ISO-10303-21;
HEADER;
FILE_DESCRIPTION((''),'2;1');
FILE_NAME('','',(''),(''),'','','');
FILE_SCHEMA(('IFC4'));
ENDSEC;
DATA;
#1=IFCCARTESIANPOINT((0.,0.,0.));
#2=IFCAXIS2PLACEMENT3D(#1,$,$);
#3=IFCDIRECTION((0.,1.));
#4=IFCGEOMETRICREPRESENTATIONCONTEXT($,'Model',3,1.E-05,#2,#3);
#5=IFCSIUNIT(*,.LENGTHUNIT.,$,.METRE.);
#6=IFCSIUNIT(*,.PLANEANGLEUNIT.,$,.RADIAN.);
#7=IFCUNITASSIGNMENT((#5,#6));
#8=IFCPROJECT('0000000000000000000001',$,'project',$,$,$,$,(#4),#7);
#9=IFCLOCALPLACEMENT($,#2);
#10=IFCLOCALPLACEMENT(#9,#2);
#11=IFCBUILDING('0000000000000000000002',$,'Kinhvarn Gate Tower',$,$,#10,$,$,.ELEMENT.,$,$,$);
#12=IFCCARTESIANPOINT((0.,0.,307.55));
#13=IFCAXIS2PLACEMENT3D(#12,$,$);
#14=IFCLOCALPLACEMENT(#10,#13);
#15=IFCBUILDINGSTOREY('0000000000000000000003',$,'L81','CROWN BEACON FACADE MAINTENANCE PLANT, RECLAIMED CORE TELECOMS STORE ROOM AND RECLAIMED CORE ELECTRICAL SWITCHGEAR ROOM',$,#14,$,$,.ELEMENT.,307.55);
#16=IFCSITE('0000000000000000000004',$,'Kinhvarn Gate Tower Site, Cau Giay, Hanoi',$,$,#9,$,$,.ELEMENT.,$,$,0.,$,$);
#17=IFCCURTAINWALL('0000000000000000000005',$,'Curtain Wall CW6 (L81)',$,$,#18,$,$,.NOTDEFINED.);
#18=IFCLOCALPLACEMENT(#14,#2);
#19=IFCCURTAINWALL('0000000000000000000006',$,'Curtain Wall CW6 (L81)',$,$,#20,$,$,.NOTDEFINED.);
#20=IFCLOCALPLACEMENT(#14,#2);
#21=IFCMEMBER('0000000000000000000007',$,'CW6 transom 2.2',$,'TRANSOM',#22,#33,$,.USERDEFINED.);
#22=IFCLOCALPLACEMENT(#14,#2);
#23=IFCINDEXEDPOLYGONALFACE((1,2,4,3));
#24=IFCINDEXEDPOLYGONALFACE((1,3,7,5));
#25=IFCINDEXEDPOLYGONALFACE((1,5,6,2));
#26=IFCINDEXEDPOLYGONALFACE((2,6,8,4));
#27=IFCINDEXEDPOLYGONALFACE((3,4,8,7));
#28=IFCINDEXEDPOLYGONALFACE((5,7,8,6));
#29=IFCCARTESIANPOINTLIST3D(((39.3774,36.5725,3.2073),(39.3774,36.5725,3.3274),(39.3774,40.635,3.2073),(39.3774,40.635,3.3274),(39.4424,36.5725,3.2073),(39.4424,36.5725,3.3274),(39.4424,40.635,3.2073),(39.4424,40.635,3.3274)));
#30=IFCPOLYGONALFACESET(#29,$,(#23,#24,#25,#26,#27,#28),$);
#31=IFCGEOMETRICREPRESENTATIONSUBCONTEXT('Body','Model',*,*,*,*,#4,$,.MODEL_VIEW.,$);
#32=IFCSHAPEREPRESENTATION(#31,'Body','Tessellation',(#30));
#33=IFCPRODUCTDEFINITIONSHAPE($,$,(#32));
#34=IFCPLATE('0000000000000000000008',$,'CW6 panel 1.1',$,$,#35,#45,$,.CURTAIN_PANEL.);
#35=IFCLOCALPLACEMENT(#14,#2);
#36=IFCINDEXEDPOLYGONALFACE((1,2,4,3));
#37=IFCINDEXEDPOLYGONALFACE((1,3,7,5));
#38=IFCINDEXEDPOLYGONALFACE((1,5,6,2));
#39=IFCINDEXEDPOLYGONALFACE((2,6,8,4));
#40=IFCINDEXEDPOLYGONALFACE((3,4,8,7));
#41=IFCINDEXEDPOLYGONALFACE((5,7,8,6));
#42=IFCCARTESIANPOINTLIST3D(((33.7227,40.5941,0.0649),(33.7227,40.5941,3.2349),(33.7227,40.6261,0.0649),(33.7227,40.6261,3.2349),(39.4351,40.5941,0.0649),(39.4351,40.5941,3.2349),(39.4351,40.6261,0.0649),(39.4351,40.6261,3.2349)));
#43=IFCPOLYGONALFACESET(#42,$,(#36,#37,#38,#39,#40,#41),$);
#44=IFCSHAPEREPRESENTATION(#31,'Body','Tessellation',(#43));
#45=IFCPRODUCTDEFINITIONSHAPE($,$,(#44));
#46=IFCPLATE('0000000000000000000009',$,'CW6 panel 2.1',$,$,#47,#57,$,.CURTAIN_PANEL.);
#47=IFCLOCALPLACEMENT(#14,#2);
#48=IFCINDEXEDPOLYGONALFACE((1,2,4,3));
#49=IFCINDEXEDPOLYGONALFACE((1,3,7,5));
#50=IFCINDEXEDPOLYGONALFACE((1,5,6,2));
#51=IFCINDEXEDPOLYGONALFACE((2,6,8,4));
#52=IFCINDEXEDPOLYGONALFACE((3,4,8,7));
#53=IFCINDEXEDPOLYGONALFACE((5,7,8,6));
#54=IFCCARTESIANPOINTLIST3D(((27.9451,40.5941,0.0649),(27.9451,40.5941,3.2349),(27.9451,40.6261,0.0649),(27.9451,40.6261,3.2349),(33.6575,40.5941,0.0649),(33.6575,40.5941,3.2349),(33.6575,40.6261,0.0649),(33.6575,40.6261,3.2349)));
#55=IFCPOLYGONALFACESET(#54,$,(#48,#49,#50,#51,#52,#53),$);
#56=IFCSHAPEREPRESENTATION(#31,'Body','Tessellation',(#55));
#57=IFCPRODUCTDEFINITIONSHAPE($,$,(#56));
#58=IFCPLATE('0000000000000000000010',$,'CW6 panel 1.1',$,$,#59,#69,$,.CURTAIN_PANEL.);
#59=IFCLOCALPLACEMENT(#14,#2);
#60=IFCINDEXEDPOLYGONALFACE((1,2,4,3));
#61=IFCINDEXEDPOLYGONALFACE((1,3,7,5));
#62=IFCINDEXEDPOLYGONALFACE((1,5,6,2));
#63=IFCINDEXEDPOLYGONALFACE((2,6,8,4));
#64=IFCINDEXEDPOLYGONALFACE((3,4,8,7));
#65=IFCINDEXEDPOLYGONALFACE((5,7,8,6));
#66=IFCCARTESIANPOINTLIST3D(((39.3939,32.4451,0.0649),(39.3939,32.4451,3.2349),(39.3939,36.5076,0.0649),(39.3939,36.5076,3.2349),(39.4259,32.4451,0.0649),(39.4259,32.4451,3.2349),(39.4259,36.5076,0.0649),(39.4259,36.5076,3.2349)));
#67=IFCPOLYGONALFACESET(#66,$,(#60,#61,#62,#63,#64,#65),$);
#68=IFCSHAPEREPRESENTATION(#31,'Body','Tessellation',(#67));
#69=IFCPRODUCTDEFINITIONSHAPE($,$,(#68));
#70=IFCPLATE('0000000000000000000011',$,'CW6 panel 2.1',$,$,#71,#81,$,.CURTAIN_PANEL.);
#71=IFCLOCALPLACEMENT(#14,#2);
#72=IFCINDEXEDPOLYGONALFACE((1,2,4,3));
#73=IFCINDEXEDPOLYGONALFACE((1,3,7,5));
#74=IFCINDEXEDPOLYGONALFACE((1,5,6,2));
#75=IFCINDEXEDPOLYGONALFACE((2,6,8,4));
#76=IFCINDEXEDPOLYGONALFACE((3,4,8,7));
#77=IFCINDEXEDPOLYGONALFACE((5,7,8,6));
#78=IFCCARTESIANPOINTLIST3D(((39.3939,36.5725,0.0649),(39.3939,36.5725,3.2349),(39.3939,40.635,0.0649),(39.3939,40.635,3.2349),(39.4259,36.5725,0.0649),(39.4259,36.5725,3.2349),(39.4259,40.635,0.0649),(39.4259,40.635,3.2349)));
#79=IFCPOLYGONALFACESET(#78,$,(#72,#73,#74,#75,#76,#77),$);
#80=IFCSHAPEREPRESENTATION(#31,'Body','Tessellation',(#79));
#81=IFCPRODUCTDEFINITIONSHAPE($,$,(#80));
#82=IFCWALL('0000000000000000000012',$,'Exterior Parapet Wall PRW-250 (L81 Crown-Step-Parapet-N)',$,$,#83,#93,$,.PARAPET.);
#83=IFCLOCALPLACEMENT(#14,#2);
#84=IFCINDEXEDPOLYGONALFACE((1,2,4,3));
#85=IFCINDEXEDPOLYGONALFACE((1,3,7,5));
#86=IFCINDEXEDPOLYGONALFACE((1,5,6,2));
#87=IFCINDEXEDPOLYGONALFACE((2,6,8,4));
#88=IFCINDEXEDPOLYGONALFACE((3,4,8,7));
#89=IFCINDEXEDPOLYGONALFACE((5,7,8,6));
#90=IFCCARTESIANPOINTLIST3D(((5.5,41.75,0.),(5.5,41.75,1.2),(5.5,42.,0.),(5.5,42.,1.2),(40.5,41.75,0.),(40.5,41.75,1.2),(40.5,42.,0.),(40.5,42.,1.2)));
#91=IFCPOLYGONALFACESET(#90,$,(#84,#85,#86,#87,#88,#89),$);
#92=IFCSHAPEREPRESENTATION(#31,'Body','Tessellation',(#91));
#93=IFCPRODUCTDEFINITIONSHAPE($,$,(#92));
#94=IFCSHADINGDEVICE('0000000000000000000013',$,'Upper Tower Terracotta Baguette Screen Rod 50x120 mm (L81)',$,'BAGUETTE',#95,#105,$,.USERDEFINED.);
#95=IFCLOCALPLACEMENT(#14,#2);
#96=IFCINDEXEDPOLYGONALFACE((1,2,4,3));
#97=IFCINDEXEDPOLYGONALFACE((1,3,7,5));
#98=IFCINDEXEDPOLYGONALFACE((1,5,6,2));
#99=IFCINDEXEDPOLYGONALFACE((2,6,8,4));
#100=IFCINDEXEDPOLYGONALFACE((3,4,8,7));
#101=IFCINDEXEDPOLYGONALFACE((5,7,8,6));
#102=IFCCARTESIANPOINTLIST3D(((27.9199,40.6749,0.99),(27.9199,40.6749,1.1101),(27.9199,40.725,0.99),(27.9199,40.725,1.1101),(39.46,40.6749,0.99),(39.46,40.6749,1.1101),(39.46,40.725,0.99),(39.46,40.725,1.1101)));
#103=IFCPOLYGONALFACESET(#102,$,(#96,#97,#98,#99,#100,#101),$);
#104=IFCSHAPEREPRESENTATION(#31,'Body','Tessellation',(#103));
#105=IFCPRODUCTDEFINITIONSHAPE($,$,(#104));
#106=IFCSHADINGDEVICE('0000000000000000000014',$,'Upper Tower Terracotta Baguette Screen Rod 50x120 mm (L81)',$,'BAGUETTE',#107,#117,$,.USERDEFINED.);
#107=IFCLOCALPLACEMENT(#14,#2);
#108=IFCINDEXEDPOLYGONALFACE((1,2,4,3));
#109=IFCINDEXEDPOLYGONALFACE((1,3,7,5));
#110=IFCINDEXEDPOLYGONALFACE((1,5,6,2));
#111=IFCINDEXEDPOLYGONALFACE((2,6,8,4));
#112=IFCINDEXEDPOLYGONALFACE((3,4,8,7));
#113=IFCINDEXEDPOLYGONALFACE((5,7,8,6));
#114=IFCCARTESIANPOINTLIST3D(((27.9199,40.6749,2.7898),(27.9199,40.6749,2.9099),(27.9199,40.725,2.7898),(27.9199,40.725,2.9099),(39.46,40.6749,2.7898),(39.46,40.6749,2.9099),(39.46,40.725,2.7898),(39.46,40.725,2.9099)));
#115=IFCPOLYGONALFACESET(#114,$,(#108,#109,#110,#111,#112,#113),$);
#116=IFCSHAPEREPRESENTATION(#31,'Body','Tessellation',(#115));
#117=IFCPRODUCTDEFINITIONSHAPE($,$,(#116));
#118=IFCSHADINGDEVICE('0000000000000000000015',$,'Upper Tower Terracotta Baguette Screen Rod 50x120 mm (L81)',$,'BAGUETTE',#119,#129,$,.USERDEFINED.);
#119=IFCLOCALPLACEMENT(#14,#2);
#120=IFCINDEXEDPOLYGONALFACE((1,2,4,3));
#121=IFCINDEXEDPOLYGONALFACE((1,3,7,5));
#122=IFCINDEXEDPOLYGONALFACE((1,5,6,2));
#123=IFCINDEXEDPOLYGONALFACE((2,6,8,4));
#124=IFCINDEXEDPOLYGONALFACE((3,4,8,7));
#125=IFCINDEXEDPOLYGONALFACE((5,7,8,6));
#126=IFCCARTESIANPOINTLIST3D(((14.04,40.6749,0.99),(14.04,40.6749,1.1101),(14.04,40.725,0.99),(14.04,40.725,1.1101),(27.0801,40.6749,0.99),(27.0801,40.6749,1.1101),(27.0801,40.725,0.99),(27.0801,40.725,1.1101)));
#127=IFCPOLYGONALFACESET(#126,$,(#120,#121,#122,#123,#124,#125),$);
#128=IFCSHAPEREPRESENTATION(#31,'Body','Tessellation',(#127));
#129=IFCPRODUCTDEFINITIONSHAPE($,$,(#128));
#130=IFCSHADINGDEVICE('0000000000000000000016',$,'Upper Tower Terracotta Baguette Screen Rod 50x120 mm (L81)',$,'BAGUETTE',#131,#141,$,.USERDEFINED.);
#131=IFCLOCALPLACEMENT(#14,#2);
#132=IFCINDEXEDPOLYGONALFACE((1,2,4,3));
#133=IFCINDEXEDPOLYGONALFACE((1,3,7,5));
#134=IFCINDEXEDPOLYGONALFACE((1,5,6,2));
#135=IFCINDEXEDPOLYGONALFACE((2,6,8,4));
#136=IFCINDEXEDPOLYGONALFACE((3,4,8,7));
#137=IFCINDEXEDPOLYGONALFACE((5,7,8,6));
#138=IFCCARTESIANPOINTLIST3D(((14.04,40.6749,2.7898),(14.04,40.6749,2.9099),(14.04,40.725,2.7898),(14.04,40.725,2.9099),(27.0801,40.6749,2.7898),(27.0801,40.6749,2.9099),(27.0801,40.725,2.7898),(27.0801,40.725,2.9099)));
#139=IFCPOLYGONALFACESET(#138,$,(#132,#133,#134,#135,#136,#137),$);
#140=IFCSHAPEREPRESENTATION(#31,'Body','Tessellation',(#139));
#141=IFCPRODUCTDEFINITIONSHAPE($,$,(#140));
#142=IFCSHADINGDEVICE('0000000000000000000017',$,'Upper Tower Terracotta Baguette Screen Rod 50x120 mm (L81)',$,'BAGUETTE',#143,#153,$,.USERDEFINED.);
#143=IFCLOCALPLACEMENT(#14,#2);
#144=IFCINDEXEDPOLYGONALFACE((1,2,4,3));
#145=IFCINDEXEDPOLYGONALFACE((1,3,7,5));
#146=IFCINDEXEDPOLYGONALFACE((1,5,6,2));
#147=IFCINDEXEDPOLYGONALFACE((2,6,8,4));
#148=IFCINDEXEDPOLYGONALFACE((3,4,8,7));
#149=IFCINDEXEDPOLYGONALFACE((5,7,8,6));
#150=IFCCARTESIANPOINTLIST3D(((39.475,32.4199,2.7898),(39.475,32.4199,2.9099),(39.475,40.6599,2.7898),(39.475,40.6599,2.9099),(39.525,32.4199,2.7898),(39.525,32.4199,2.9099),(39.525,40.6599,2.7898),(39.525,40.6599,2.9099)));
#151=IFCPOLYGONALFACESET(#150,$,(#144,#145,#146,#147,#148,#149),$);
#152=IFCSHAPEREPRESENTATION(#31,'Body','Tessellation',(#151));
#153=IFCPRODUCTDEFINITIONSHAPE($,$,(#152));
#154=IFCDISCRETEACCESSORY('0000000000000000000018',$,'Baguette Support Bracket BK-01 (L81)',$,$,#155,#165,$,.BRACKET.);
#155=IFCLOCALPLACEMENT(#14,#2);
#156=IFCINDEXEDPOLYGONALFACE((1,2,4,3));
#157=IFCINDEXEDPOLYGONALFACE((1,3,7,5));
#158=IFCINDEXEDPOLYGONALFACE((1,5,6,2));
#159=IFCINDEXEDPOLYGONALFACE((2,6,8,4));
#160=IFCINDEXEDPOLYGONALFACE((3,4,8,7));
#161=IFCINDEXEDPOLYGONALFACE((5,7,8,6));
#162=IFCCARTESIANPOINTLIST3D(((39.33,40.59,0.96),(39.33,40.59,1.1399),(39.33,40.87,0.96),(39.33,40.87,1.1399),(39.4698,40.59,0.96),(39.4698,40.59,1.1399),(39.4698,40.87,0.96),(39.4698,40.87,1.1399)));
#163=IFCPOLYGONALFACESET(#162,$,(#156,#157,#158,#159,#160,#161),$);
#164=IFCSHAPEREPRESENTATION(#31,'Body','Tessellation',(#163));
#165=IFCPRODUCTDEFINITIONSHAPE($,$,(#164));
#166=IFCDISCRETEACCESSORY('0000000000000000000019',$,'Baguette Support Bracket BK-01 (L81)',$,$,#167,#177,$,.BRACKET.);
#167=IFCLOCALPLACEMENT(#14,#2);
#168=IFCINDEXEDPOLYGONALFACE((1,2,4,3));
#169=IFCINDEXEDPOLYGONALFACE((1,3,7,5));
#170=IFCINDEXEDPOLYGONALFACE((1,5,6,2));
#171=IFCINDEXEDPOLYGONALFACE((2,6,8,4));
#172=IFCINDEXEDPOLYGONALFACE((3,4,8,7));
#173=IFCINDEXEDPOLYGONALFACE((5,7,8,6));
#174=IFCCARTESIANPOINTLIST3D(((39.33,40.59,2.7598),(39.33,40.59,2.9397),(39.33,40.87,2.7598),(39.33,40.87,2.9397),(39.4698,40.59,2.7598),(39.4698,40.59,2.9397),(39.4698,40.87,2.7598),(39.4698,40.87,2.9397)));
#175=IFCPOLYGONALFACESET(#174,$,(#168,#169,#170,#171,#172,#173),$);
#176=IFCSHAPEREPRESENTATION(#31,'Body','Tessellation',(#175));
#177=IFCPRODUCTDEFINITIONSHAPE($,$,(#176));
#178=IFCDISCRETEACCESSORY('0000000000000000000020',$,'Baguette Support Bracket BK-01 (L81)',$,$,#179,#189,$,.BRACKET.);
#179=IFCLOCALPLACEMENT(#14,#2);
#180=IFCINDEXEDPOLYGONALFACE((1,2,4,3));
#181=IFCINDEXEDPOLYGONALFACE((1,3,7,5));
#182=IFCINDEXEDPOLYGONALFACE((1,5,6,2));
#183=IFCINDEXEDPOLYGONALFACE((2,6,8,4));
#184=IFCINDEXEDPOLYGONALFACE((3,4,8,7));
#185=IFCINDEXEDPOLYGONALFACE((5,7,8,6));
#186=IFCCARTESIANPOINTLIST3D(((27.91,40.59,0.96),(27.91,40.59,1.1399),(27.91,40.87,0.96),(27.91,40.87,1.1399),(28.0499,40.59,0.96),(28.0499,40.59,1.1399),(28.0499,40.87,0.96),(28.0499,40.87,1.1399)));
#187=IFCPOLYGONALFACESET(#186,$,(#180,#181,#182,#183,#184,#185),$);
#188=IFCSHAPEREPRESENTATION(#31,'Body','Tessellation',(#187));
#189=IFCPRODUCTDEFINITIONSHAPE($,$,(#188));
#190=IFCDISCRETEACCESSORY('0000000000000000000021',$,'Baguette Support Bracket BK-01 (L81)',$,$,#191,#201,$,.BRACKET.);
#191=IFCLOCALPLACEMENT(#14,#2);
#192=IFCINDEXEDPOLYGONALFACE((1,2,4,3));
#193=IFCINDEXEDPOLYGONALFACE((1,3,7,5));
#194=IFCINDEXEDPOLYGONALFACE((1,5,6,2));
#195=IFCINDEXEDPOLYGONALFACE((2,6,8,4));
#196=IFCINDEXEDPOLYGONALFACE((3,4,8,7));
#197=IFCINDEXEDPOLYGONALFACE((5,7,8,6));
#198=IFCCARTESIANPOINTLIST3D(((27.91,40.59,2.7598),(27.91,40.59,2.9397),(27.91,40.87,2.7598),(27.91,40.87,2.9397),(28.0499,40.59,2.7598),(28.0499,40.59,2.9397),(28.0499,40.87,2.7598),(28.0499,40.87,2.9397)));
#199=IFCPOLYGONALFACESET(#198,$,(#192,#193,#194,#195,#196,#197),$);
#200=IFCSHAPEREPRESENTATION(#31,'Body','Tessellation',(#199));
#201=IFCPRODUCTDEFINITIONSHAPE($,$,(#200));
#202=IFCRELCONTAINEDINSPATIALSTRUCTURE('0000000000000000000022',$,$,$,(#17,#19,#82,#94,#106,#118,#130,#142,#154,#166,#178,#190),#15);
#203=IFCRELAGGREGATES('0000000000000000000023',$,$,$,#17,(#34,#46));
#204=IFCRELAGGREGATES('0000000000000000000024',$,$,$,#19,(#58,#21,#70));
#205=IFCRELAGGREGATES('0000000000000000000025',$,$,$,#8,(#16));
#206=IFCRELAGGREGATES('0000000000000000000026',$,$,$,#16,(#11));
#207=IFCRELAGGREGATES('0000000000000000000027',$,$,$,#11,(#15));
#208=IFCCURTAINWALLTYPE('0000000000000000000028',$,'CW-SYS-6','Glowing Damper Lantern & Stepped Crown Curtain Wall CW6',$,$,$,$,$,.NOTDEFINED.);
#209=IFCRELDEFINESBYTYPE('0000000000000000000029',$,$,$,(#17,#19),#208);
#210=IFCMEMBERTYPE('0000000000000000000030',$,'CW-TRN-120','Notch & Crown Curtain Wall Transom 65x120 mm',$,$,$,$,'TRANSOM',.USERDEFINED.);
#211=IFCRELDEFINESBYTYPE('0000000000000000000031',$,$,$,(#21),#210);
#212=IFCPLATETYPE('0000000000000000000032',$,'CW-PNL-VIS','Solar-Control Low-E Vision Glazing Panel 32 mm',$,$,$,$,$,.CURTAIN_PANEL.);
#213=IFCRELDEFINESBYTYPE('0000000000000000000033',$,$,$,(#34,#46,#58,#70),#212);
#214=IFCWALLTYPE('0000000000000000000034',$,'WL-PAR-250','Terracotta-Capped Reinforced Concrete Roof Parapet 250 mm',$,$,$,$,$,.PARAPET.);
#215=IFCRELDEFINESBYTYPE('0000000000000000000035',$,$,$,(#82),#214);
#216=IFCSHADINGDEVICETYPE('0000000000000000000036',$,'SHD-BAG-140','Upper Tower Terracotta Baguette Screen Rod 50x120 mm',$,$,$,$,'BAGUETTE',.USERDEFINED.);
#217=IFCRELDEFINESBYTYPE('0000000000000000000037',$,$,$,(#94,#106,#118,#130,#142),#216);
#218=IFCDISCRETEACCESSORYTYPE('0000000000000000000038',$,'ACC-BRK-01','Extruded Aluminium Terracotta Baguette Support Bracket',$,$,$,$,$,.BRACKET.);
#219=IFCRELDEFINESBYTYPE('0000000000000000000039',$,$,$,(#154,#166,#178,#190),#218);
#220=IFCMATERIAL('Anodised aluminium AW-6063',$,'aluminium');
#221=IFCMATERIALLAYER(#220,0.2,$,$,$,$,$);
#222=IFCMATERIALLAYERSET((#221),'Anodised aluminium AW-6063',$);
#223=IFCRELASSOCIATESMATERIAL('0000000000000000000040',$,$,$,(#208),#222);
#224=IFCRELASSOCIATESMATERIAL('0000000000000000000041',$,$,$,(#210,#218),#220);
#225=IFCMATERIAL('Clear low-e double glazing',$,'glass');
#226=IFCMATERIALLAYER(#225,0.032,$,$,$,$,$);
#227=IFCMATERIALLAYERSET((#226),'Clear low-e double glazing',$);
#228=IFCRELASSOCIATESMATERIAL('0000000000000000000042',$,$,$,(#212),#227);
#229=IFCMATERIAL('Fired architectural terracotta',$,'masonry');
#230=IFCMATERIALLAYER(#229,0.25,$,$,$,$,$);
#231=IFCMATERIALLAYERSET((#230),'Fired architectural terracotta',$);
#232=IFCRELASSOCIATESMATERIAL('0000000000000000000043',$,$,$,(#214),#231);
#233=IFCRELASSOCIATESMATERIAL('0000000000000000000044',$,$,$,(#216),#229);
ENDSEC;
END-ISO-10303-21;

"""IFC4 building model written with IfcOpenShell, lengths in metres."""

from ifc_helpers import new_model, si_unit, direction, frame, frame_2d, origin, origin_2d, place, context, subcontext, project, spatial, rectangle, extrude, material, layer, layer_set, material_profile, profile_set, type_object, element, aggregate, save


model = new_model("IFC4")

# Units and contexts
model_context = context("Model", 3, precision=1e-05, world=origin(), true_north=direction((0.0, 1.0)))
body_context = subcontext(model_context, "Body", "Model", "MODEL_VIEW")
ifc_project = project(units=[si_unit("LENGTHUNIT", "METRE"), si_unit("PLANEANGLEUNIT", "RADIAN")], contexts=[model_context])

# Site, building, storey
site_placement = place(None, origin())
site = spatial("IfcSite", under=ifc_project, at=site_placement, Name="Kinhvarn Gate Tower Site, Cau Giay, Hanoi", CompositionType="ELEMENT", RefElevation=0.0)
building_placement = place(site_placement, origin())
building = spatial("IfcBuilding", under=site, at=building_placement, Name="Kinhvarn Gate Tower", CompositionType="ELEMENT")
storey_placement = place(building_placement, frame((0.0, 0.0, 307.55)))
storey = spatial("IfcBuildingStorey", under=building, at=storey_placement, Name="L81", Description="CROWN BEACON FACADE MAINTENANCE PLANT, RECLAIMED CORE TELECOMS STORE ROOM AND RECLAIMED CORE ELECTRICAL SWITCHGEAR ROOM", CompositionType="ELEMENT", Elevation=307.55)

# Curtain wall
ifc_material_1 = material(Name="Anodised aluminium AW-6063", Category="aluminium")
ifc_layer_1 = layer(ifc_material_1, 0.2)
ifc_layer_set_1 = layer_set([ifc_layer_1], Name="Anodised aluminium AW-6063")
curtain_wall_type = type_object("IfcCurtainWallType", Name="CW-SYS-6", Description="Glowing Damper Lantern & Stepped Crown Curtain Wall CW6", PredefinedType="NOTDEFINED", material=ifc_layer_set_1)
curtain_wall_1_placement = place(storey_placement, origin())
curtain_wall_1 = element("IfcCurtainWall", 1, at=curtain_wall_1_placement, inside=storey, type_object=curtain_wall_type, Name="Curtain Wall CW6 (L81)", PredefinedType="NOTDEFINED")

# Curtain wall
curtain_wall_2_placement = place(storey_placement, origin())
curtain_wall_2 = element("IfcCurtainWall", 2, at=curtain_wall_2_placement, inside=storey, type_object=curtain_wall_type, Name="Curtain Wall CW6 (L81)", PredefinedType="NOTDEFINED")

# Member
ifc_material_profile_1 = material_profile(ifc_material_1, rectangle(XDim=0.0649, YDim=0.1201, at=origin_2d()), Name="ALU 65x120")
ifc_profile_set_1 = profile_set([ifc_material_profile_1], Name="Anodised aluminium AW-6063")
member_type_1 = type_object("IfcMemberType", Name="CW-TRN-120", Description="Notch & Crown Curtain Wall Transom 65x120 mm", ElementType="TRANSOM", PredefinedType="USERDEFINED", material=ifc_profile_set_1)
member_1_placement = place(storey_placement, frame((39.4099, 36.5725, 3.2673), z_axis=(0.0, 1.0, 0.0), x_axis=(-1.0, 0.0, 0.0)))
member_1 = element("IfcMember", 3, at=member_1_placement, type_object=member_type_1, Name="CW6 transom 2.2", ObjectType="TRANSOM", PredefinedType="USERDEFINED", context=body_context, shape_type="SweptSolid", body=[
    extrude(rectangle(XDim=0.0649, YDim=0.1201, at=origin_2d()), origin(), (0.0, 0.0, 1.0), 4.0625),
])

# Plates
ifc_material_2 = material(Name="Clear low-e double glazing", Category="glass")
ifc_layer_2 = layer(ifc_material_2, 0.032)
ifc_layer_set_2 = layer_set([ifc_layer_2], Name="Clear low-e double glazing")
plate_type = type_object("IfcPlateType", Name="CW-PNL-VIS", Description="Solar-Control Low-E Vision Glazing Panel 32 mm", PredefinedType="CURTAIN_PANEL", material=ifc_layer_set_2)
plate_1_placement = place(storey_placement, frame((36.5789, 40.6101, 0.0649), z_axis=(0.0, 0.0, 1.0), x_axis=(-1.0, 0.0, 0.0)))
plate_1 = element("IfcPlate", 4, at=plate_1_placement, type_object=plate_type, Name="CW6 panel 1.1", PredefinedType="CURTAIN_PANEL", context=body_context, shape_type="SweptSolid", body=[
    extrude(rectangle(XDim=5.7124, YDim=0.032, at=origin_2d()), origin(), (0.0, 0.0, 1.0), 3.1699),
])
plate_2_placement = place(storey_placement, frame((30.8013, 40.6101, 0.0649), z_axis=(0.0, 0.0, 1.0), x_axis=(-1.0, 0.0, 0.0)))
plate_2 = element("IfcPlate", 5, at=plate_2_placement, type_object=plate_type, Name="CW6 panel 2.1", PredefinedType="CURTAIN_PANEL", context=body_context, shape_type="SweptSolid", body=[
    extrude(rectangle(XDim=5.7124, YDim=0.032, at=origin_2d()), origin(), (0.0, 0.0, 1.0), 3.1699),
])
aggregate(curtain_wall_1, [plate_1, plate_2])
plate_3_placement = place(storey_placement, frame((39.4099, 34.4763, 0.0649), z_axis=(0.0, 0.0, 1.0), x_axis=(0.0, 1.0, 0.0)))
plate_3 = element("IfcPlate", 6, at=plate_3_placement, type_object=plate_type, Name="CW6 panel 1.1", PredefinedType="CURTAIN_PANEL", context=body_context, shape_type="SweptSolid", body=[
    extrude(rectangle(XDim=4.0625, YDim=0.032, at=origin_2d()), origin(), (0.0, 0.0, 1.0), 3.1699),
])
plate_4_placement = place(storey_placement, frame((39.4099, 38.6038, 0.0649), z_axis=(0.0, 0.0, 1.0), x_axis=(0.0, 1.0, 0.0)))
plate_4 = element("IfcPlate", 7, at=plate_4_placement, type_object=plate_type, Name="CW6 panel 2.1", PredefinedType="CURTAIN_PANEL", context=body_context, shape_type="SweptSolid", body=[
    extrude(rectangle(XDim=4.0625, YDim=0.032, at=origin_2d()), origin(), (0.0, 0.0, 1.0), 3.1699),
])
aggregate(curtain_wall_2, [plate_3, member_1, plate_4])

# Wall
ifc_material_3 = material(Name="Fired architectural terracotta", Category="masonry")
ifc_layer_3 = layer(ifc_material_3, 0.25)
ifc_layer_set_3 = layer_set([ifc_layer_3], Name="Fired architectural terracotta")
wall_type = type_object("IfcWallType", Name="WL-PAR-250", Description="Terracotta-Capped Reinforced Concrete Roof Parapet 250 mm", PredefinedType="PARAPET", material=ifc_layer_set_3)
wall_placement = place(storey_placement, frame((40.5, 41.875, 0.0), z_axis=(0.0, 0.0, 1.0), x_axis=(-1.0, 0.0, 0.0)))
element("IfcWall", 8, at=wall_placement, inside=storey, type_object=wall_type, Name="Exterior Parapet Wall PRW-250 (L81 Crown-Step-Parapet-N)", PredefinedType="PARAPET", context=body_context, shape_type="SweptSolid", body=[
    extrude(rectangle(XDim=35.0, YDim=0.25, at=frame_2d((17.5, 0.0))), origin(), (0.0, 0.0, 1.0), 1.2),
])

# Shading devices
ifc_material_profile_2 = material_profile(ifc_material_3, rectangle(XDim=0.05, YDim=0.1201, at=origin_2d()), Name="TC 50x120")
ifc_profile_set_2 = profile_set([ifc_material_profile_2], Name="Fired architectural terracotta")
shading_device_type = type_object("IfcShadingDeviceType", Name="SHD-BAG-140", Description="Upper Tower Terracotta Baguette Screen Rod 50x120 mm", ElementType="BAGUETTE", PredefinedType="USERDEFINED", material=ifc_profile_set_2)
for number, where, z_axis, x_axis, name in (
    (9, (39.46, 40.7, 1.05), (-1.0, 0.0, 0.0), (0.0, -1.0, 0.0), "Upper Tower Terracotta Baguette Screen Rod 50x120 mm (L81)"),
    (10, (39.46, 40.7, 2.8499), (-1.0, 0.0, 0.0), (0.0, -1.0, 0.0), "Upper Tower Terracotta Baguette Screen Rod 50x120 mm (L81)"),
):
    element("IfcShadingDevice", number, at=place(storey_placement, frame(where, z_axis=z_axis, x_axis=x_axis)), inside=storey, type_object=shading_device_type, Name=name, ObjectType="BAGUETTE", PredefinedType="USERDEFINED", context=body_context, shape_type="SweptSolid", body=[
        extrude(rectangle(XDim=0.05, YDim=0.1201, at=origin_2d()), origin(), (0.0, 0.0, 1.0), 11.54),
    ])
for number, where, z_axis, x_axis, name in (
    (11, (27.0801, 40.7, 1.05), (-1.0, 0.0, 0.0), (0.0, -1.0, 0.0), "Upper Tower Terracotta Baguette Screen Rod 50x120 mm (L81)"),
    (12, (27.0801, 40.7, 2.8499), (-1.0, 0.0, 0.0), (0.0, -1.0, 0.0), "Upper Tower Terracotta Baguette Screen Rod 50x120 mm (L81)"),
):
    element("IfcShadingDevice", number, at=place(storey_placement, frame(where, z_axis=z_axis, x_axis=x_axis)), inside=storey, type_object=shading_device_type, Name=name, ObjectType="BAGUETTE", PredefinedType="USERDEFINED", context=body_context, shape_type="SweptSolid", body=[
        extrude(rectangle(XDim=0.05, YDim=0.1201, at=origin_2d()), origin(), (0.0, 0.0, 1.0), 13.04),
    ])
shading_device_placement = place(storey_placement, frame((39.5, 32.4199, 2.8499), z_axis=(0.0, 1.0, 0.0), x_axis=(-1.0, 0.0, 0.0)))
element("IfcShadingDevice", 13, at=shading_device_placement, inside=storey, type_object=shading_device_type, Name="Upper Tower Terracotta Baguette Screen Rod 50x120 mm (L81)", ObjectType="BAGUETTE", PredefinedType="USERDEFINED", context=body_context, shape_type="SweptSolid", body=[
    extrude(rectangle(XDim=0.05, YDim=0.1201, at=origin_2d()), origin(), (0.0, 0.0, 1.0), 8.24),
])

# Discrete accessories
discrete_accessory_type = type_object("IfcDiscreteAccessoryType", Name="ACC-BRK-01", Description="Extruded Aluminium Terracotta Baguette Support Bracket", PredefinedType="BRACKET", material=ifc_material_1)
for number, where, z_axis, x_axis, name in (
    (14, (39.3999, 40.73, 0.96), (0.0, 0.0, 1.0), (-1.0, 0.0, 0.0), "Baguette Support Bracket BK-01 (L81)"),
    (15, (39.3999, 40.73, 2.7598), (0.0, 0.0, 1.0), (-1.0, 0.0, 0.0), "Baguette Support Bracket BK-01 (L81)"),
    (16, (27.98, 40.73, 0.96), (0.0, 0.0, 1.0), (-1.0, 0.0, 0.0), "Baguette Support Bracket BK-01 (L81)"),
    (17, (27.98, 40.73, 2.7598), (0.0, 0.0, 1.0), (-1.0, 0.0, 0.0), "Baguette Support Bracket BK-01 (L81)"),
):
    element("IfcDiscreteAccessory", number, at=place(storey_placement, frame(where, z_axis=z_axis, x_axis=x_axis)), inside=storey, type_object=discrete_accessory_type, Name=name, PredefinedType="BRACKET", context=body_context, shape_type="SweptSolid", body=[
        extrude(rectangle(XDim=0.1399, YDim=0.28, at=origin_2d()), origin(), (0.0, 0.0, 1.0), 0.1799),
    ])

save(model, "model.ifc")
